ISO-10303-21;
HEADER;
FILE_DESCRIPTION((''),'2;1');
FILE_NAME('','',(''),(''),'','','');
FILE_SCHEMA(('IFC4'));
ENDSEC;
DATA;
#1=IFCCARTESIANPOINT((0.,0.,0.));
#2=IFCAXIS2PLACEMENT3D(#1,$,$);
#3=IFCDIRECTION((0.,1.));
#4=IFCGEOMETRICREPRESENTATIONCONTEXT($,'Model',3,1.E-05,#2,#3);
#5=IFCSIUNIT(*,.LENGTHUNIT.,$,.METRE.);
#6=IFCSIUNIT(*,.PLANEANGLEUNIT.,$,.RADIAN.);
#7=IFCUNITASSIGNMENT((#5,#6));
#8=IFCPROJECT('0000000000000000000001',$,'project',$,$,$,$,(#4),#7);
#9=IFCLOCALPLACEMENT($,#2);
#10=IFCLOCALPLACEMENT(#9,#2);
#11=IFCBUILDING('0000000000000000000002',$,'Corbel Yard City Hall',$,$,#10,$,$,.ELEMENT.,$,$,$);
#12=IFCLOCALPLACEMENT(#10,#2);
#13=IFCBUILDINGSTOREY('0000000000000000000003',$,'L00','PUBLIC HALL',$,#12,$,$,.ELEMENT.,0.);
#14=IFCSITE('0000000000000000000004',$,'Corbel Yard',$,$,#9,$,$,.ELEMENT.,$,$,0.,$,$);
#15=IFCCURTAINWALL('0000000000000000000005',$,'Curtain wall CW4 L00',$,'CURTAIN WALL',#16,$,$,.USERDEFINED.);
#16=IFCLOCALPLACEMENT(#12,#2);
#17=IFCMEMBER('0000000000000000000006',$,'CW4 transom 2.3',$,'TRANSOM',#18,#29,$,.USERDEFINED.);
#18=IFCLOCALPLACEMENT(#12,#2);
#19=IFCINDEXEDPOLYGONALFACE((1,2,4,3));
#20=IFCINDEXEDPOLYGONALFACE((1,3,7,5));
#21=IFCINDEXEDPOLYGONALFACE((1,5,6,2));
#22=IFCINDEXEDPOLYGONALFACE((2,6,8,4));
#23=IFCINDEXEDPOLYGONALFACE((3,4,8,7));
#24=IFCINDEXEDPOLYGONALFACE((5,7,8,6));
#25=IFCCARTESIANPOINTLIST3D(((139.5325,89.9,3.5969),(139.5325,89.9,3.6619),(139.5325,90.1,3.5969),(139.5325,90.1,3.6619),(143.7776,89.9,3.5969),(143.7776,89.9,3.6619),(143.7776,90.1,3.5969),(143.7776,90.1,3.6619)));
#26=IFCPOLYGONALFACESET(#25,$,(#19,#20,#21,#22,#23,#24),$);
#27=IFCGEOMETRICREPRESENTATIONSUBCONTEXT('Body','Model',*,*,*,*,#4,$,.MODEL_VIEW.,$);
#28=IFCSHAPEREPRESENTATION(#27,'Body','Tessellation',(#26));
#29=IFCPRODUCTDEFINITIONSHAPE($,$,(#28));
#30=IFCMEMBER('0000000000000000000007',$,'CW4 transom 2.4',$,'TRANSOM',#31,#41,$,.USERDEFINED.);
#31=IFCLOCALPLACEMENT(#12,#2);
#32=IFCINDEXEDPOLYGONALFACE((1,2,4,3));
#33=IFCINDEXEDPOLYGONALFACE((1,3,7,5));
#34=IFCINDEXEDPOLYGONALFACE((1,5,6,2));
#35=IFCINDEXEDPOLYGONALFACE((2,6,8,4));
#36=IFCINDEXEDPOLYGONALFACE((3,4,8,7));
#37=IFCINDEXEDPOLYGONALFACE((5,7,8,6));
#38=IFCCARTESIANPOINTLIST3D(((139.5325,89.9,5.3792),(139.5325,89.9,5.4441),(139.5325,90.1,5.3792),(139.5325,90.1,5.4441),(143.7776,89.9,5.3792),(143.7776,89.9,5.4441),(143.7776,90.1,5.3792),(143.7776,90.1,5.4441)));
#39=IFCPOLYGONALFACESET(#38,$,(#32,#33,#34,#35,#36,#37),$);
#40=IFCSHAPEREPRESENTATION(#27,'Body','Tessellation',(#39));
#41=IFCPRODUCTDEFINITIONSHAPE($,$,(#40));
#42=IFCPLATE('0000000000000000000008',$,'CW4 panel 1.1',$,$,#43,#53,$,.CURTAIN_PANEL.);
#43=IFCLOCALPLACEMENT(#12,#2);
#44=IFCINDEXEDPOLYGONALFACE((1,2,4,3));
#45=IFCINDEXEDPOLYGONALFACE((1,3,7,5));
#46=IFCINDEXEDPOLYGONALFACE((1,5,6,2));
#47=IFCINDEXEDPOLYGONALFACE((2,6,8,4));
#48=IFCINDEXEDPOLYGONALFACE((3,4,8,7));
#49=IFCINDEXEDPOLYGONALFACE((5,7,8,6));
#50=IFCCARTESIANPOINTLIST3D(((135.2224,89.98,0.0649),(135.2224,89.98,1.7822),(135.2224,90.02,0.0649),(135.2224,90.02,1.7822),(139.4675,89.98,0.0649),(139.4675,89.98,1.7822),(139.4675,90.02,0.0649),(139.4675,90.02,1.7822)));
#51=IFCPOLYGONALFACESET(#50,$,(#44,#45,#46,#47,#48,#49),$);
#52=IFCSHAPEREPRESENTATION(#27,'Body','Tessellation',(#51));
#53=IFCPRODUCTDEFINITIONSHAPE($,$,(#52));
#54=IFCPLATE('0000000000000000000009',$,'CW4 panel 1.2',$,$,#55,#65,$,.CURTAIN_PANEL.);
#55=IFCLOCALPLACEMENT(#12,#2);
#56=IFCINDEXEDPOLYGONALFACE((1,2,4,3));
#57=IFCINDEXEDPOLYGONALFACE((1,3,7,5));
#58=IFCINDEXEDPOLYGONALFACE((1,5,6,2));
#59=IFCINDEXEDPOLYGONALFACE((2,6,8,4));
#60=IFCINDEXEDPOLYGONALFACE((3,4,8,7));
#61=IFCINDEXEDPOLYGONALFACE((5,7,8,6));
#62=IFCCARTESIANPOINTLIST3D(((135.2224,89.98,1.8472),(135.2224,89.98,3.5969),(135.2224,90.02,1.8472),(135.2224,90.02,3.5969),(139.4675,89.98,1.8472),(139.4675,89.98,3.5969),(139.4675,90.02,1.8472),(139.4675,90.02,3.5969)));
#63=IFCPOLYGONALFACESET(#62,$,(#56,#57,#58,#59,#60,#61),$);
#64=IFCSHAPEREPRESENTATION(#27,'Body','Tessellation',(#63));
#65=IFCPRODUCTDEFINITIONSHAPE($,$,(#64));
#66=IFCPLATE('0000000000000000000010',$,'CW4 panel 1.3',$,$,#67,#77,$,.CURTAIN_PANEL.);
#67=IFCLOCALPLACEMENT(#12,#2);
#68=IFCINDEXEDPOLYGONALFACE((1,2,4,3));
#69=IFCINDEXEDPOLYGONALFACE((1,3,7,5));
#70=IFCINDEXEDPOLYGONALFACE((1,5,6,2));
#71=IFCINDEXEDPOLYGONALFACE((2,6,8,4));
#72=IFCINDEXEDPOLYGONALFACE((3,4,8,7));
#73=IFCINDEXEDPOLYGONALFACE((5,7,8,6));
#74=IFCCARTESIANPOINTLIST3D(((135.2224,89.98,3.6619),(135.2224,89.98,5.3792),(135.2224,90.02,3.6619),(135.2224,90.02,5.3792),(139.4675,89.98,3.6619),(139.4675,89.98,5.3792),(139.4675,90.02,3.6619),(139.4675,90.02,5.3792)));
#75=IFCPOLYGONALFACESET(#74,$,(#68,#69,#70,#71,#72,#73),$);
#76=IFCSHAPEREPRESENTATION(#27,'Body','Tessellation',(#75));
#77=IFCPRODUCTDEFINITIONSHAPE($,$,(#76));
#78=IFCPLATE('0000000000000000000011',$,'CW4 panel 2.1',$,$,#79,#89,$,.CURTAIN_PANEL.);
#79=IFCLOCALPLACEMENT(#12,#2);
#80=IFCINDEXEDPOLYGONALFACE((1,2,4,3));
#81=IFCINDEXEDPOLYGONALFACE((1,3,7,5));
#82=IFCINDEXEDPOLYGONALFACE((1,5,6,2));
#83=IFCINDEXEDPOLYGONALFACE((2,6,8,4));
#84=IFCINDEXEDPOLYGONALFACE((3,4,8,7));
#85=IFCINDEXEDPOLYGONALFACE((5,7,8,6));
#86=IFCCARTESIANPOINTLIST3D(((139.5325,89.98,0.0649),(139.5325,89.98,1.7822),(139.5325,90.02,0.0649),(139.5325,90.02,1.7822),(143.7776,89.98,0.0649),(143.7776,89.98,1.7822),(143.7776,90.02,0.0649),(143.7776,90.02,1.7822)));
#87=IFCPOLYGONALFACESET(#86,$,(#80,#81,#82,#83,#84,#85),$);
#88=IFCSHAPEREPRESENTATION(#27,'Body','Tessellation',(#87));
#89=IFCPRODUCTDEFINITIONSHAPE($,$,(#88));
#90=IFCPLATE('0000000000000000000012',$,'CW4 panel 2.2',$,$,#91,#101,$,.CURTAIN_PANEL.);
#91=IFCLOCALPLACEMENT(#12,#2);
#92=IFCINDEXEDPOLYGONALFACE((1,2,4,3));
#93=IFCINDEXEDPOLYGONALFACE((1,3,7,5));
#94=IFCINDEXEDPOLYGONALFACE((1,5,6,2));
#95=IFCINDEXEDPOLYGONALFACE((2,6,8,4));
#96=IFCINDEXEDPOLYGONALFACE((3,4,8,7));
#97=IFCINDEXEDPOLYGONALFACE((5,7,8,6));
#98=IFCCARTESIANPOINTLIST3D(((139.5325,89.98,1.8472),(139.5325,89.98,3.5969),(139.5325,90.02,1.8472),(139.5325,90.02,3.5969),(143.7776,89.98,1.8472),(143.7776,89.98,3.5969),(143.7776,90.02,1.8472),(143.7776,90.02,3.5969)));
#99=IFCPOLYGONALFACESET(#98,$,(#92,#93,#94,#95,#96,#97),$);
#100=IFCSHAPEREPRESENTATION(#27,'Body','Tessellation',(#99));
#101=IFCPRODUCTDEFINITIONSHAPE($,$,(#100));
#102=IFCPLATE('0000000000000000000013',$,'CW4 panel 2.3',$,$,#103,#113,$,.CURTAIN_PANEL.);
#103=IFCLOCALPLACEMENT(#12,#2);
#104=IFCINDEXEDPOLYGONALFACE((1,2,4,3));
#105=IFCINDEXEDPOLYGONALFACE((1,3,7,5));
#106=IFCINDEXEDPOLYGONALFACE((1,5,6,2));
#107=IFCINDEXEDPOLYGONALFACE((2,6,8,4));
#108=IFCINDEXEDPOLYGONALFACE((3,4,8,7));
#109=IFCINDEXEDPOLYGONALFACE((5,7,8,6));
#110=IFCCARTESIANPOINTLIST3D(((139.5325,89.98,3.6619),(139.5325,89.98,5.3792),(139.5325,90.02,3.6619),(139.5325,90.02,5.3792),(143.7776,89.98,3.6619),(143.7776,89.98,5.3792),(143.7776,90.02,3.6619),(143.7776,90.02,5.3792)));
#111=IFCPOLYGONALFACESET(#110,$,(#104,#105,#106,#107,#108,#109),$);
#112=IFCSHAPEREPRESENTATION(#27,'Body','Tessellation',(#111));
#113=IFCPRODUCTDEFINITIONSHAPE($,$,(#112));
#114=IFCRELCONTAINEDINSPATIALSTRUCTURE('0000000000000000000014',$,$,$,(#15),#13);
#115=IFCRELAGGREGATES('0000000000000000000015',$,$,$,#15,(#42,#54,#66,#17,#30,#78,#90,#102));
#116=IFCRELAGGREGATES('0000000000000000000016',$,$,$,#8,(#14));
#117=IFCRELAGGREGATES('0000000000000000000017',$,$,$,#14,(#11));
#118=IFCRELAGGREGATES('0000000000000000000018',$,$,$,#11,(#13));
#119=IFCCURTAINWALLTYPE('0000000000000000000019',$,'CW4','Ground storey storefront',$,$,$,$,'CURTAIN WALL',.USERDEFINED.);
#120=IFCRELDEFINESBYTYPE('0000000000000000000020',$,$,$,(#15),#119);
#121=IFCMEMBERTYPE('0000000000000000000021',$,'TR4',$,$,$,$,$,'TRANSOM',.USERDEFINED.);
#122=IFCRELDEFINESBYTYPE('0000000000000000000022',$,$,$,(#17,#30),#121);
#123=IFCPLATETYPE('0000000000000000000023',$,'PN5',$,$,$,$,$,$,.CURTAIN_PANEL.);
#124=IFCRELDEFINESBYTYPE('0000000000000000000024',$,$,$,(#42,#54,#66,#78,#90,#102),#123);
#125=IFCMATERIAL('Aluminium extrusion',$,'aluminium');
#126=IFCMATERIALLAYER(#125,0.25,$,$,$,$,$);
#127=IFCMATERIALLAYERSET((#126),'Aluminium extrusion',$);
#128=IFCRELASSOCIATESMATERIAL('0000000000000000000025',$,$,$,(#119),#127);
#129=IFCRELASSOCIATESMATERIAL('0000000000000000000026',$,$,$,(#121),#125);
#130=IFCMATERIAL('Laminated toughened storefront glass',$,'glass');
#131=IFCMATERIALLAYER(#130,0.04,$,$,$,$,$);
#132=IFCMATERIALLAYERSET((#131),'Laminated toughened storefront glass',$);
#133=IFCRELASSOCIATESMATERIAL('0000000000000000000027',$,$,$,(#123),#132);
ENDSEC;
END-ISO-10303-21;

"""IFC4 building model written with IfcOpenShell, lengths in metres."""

from ifc_helpers import new_model, si_unit, direction, frame, origin, origin_2d, place, context, subcontext, project, spatial, rectangle, extrude, material, layer, layer_set, material_profile, profile_set, type_object, element, aggregate, save


model = new_model("IFC4")

# Units and contexts
model_context = context("Model", 3, precision=1e-05, world=origin(), true_north=direction((0.0, 1.0)))
body_context = subcontext(model_context, "Body", "Model", "MODEL_VIEW")
ifc_project = project(units=[si_unit("LENGTHUNIT", "METRE"), si_unit("PLANEANGLEUNIT", "RADIAN")], contexts=[model_context])

# Site, building, storey
site_placement = place(None, origin())
site = spatial("IfcSite", under=ifc_project, at=site_placement, Name="Corbel Yard", CompositionType="ELEMENT", RefElevation=0.0)
building_placement = place(site_placement, origin())
building = spatial("IfcBuilding", under=site, at=building_placement, Name="Corbel Yard City Hall", CompositionType="ELEMENT")
storey_placement = place(building_placement, origin())
storey = spatial("IfcBuildingStorey", under=building, at=storey_placement, Name="L00", Description="PUBLIC HALL", CompositionType="ELEMENT", Elevation=0.0)

# Curtain wall
ifc_material_1 = material(Name="Aluminium extrusion", Category="aluminium")
ifc_layer_1 = layer(ifc_material_1, 0.25)
ifc_layer_set_1 = layer_set([ifc_layer_1], Name="Aluminium extrusion")
curtain_wall_type = type_object("IfcCurtainWallType", Name="CW4", Description="Ground storey storefront", ElementType="CURTAIN WALL", PredefinedType="USERDEFINED", material=ifc_layer_set_1)
curtain_wall_placement = place(storey_placement, origin())
curtain_wall = element("IfcCurtainWall", 1, at=curtain_wall_placement, inside=storey, type_object=curtain_wall_type, Name="Curtain wall CW4 L00", ObjectType="CURTAIN WALL", PredefinedType="USERDEFINED")

# Members
ifc_material_profile_1 = material_profile(ifc_material_1, rectangle(XDim=0.2, YDim=0.0649, at=origin_2d()), Name="200x65")
ifc_profile_set_1 = profile_set([ifc_material_profile_1], Name="Aluminium extrusion")
member_type_1 = type_object("IfcMemberType", Name="TR4", ElementType="TRANSOM", PredefinedType="USERDEFINED", material=ifc_profile_set_1)
member_1_placement = place(storey_placement, frame((139.5325, 90.0, 3.6294), z_axis=(1.0, 0.0, 0.0), x_axis=(0.0, 1.0, 0.0)))
member_1 = element("IfcMember", 2, at=member_1_placement, type_object=member_type_1, Name="CW4 transom 2.3", ObjectType="TRANSOM", PredefinedType="USERDEFINED", context=body_context, shape_type="SweptSolid", body=[
    extrude(rectangle(XDim=0.2, YDim=0.0649, at=origin_2d()), origin(), (0.0, 0.0, 1.0), 4.2451),
])
member_2_placement = place(storey_placement, frame((139.5325, 90.0, 5.4116), z_axis=(1.0, 0.0, 0.0), x_axis=(0.0, 1.0, 0.0)))
member_2 = element("IfcMember", 3, at=member_2_placement, type_object=member_type_1, Name="CW4 transom 2.4", ObjectType="TRANSOM", PredefinedType="USERDEFINED", context=body_context, shape_type="SweptSolid", body=[
    extrude(rectangle(XDim=0.2, YDim=0.0649, at=origin_2d()), origin(), (0.0, 0.0, 1.0), 4.2451),
])

# Plates
ifc_material_2 = material(Name="Laminated toughened storefront glass", Category="glass")
ifc_layer_2 = layer(ifc_material_2, 0.04)
ifc_layer_set_2 = layer_set([ifc_layer_2], Name="Laminated toughened storefront glass")
plate_type = type_object("IfcPlateType", Name="PN5", PredefinedType="CURTAIN_PANEL", material=ifc_layer_set_2)
plate_1_placement = place(storey_placement, frame((137.345, 90.0, 0.0649), z_axis=(0.0, 0.0, 1.0), x_axis=(1.0, 0.0, 0.0)))
plate_1 = element("IfcPlate", 4, at=plate_1_placement, type_object=plate_type, Name="CW4 panel 1.1", PredefinedType="CURTAIN_PANEL", context=body_context, shape_type="SweptSolid", body=[
    extrude(rectangle(XDim=4.2451, YDim=0.04, at=origin_2d()), origin(), (0.0, 0.0, 1.0), 1.7173),
])
plate_2_placement = place(storey_placement, frame((137.345, 90.0, 1.8472), z_axis=(0.0, 0.0, 1.0), x_axis=(1.0, 0.0, 0.0)))
plate_2 = element("IfcPlate", 5, at=plate_2_placement, type_object=plate_type, Name="CW4 panel 1.2", PredefinedType="CURTAIN_PANEL", context=body_context, shape_type="SweptSolid", body=[
    extrude(rectangle(XDim=4.2451, YDim=0.04, at=origin_2d()), origin(), (0.0, 0.0, 1.0), 1.7498),
])
plate_3_placement = place(storey_placement, frame((137.345, 90.0, 3.6619), z_axis=(0.0, 0.0, 1.0), x_axis=(1.0, 0.0, 0.0)))
plate_3 = element("IfcPlate", 6, at=plate_3_placement, type_object=plate_type, Name="CW4 panel 1.3", PredefinedType="CURTAIN_PANEL", context=body_context, shape_type="SweptSolid", body=[
    extrude(rectangle(XDim=4.2451, YDim=0.04, at=origin_2d()), origin(), (0.0, 0.0, 1.0), 1.7173),
])
plate_4_placement = place(storey_placement, frame((141.655, 90.0, 0.0649), z_axis=(0.0, 0.0, 1.0), x_axis=(1.0, 0.0, 0.0)))
plate_4 = element("IfcPlate", 7, at=plate_4_placement, type_object=plate_type, Name="CW4 panel 2.1", PredefinedType="CURTAIN_PANEL", context=body_context, shape_type="SweptSolid", body=[
    extrude(rectangle(XDim=4.2451, YDim=0.04, at=origin_2d()), origin(), (0.0, 0.0, 1.0), 1.7173),
])
plate_5_placement = place(storey_placement, frame((141.655, 90.0, 1.8472), z_axis=(0.0, 0.0, 1.0), x_axis=(1.0, 0.0, 0.0)))
plate_5 = element("IfcPlate", 8, at=plate_5_placement, type_object=plate_type, Name="CW4 panel 2.2", PredefinedType="CURTAIN_PANEL", context=body_context, shape_type="SweptSolid", body=[
    extrude(rectangle(XDim=4.2451, YDim=0.04, at=origin_2d()), origin(), (0.0, 0.0, 1.0), 1.7498),
])
plate_6_placement = place(storey_placement, frame((141.655, 90.0, 3.6619), z_axis=(0.0, 0.0, 1.0), x_axis=(1.0, 0.0, 0.0)))
plate_6 = element("IfcPlate", 9, at=plate_6_placement, type_object=plate_type, Name="CW4 panel 2.3", PredefinedType="CURTAIN_PANEL", context=body_context, shape_type="SweptSolid", body=[
    extrude(rectangle(XDim=4.2451, YDim=0.04, at=origin_2d()), origin(), (0.0, 0.0, 1.0), 1.7173),
])
aggregate(curtain_wall, [plate_1, plate_2, plate_3, member_1, member_2, plate_4, plate_5, plate_6])

save(model, "model.ifc")
